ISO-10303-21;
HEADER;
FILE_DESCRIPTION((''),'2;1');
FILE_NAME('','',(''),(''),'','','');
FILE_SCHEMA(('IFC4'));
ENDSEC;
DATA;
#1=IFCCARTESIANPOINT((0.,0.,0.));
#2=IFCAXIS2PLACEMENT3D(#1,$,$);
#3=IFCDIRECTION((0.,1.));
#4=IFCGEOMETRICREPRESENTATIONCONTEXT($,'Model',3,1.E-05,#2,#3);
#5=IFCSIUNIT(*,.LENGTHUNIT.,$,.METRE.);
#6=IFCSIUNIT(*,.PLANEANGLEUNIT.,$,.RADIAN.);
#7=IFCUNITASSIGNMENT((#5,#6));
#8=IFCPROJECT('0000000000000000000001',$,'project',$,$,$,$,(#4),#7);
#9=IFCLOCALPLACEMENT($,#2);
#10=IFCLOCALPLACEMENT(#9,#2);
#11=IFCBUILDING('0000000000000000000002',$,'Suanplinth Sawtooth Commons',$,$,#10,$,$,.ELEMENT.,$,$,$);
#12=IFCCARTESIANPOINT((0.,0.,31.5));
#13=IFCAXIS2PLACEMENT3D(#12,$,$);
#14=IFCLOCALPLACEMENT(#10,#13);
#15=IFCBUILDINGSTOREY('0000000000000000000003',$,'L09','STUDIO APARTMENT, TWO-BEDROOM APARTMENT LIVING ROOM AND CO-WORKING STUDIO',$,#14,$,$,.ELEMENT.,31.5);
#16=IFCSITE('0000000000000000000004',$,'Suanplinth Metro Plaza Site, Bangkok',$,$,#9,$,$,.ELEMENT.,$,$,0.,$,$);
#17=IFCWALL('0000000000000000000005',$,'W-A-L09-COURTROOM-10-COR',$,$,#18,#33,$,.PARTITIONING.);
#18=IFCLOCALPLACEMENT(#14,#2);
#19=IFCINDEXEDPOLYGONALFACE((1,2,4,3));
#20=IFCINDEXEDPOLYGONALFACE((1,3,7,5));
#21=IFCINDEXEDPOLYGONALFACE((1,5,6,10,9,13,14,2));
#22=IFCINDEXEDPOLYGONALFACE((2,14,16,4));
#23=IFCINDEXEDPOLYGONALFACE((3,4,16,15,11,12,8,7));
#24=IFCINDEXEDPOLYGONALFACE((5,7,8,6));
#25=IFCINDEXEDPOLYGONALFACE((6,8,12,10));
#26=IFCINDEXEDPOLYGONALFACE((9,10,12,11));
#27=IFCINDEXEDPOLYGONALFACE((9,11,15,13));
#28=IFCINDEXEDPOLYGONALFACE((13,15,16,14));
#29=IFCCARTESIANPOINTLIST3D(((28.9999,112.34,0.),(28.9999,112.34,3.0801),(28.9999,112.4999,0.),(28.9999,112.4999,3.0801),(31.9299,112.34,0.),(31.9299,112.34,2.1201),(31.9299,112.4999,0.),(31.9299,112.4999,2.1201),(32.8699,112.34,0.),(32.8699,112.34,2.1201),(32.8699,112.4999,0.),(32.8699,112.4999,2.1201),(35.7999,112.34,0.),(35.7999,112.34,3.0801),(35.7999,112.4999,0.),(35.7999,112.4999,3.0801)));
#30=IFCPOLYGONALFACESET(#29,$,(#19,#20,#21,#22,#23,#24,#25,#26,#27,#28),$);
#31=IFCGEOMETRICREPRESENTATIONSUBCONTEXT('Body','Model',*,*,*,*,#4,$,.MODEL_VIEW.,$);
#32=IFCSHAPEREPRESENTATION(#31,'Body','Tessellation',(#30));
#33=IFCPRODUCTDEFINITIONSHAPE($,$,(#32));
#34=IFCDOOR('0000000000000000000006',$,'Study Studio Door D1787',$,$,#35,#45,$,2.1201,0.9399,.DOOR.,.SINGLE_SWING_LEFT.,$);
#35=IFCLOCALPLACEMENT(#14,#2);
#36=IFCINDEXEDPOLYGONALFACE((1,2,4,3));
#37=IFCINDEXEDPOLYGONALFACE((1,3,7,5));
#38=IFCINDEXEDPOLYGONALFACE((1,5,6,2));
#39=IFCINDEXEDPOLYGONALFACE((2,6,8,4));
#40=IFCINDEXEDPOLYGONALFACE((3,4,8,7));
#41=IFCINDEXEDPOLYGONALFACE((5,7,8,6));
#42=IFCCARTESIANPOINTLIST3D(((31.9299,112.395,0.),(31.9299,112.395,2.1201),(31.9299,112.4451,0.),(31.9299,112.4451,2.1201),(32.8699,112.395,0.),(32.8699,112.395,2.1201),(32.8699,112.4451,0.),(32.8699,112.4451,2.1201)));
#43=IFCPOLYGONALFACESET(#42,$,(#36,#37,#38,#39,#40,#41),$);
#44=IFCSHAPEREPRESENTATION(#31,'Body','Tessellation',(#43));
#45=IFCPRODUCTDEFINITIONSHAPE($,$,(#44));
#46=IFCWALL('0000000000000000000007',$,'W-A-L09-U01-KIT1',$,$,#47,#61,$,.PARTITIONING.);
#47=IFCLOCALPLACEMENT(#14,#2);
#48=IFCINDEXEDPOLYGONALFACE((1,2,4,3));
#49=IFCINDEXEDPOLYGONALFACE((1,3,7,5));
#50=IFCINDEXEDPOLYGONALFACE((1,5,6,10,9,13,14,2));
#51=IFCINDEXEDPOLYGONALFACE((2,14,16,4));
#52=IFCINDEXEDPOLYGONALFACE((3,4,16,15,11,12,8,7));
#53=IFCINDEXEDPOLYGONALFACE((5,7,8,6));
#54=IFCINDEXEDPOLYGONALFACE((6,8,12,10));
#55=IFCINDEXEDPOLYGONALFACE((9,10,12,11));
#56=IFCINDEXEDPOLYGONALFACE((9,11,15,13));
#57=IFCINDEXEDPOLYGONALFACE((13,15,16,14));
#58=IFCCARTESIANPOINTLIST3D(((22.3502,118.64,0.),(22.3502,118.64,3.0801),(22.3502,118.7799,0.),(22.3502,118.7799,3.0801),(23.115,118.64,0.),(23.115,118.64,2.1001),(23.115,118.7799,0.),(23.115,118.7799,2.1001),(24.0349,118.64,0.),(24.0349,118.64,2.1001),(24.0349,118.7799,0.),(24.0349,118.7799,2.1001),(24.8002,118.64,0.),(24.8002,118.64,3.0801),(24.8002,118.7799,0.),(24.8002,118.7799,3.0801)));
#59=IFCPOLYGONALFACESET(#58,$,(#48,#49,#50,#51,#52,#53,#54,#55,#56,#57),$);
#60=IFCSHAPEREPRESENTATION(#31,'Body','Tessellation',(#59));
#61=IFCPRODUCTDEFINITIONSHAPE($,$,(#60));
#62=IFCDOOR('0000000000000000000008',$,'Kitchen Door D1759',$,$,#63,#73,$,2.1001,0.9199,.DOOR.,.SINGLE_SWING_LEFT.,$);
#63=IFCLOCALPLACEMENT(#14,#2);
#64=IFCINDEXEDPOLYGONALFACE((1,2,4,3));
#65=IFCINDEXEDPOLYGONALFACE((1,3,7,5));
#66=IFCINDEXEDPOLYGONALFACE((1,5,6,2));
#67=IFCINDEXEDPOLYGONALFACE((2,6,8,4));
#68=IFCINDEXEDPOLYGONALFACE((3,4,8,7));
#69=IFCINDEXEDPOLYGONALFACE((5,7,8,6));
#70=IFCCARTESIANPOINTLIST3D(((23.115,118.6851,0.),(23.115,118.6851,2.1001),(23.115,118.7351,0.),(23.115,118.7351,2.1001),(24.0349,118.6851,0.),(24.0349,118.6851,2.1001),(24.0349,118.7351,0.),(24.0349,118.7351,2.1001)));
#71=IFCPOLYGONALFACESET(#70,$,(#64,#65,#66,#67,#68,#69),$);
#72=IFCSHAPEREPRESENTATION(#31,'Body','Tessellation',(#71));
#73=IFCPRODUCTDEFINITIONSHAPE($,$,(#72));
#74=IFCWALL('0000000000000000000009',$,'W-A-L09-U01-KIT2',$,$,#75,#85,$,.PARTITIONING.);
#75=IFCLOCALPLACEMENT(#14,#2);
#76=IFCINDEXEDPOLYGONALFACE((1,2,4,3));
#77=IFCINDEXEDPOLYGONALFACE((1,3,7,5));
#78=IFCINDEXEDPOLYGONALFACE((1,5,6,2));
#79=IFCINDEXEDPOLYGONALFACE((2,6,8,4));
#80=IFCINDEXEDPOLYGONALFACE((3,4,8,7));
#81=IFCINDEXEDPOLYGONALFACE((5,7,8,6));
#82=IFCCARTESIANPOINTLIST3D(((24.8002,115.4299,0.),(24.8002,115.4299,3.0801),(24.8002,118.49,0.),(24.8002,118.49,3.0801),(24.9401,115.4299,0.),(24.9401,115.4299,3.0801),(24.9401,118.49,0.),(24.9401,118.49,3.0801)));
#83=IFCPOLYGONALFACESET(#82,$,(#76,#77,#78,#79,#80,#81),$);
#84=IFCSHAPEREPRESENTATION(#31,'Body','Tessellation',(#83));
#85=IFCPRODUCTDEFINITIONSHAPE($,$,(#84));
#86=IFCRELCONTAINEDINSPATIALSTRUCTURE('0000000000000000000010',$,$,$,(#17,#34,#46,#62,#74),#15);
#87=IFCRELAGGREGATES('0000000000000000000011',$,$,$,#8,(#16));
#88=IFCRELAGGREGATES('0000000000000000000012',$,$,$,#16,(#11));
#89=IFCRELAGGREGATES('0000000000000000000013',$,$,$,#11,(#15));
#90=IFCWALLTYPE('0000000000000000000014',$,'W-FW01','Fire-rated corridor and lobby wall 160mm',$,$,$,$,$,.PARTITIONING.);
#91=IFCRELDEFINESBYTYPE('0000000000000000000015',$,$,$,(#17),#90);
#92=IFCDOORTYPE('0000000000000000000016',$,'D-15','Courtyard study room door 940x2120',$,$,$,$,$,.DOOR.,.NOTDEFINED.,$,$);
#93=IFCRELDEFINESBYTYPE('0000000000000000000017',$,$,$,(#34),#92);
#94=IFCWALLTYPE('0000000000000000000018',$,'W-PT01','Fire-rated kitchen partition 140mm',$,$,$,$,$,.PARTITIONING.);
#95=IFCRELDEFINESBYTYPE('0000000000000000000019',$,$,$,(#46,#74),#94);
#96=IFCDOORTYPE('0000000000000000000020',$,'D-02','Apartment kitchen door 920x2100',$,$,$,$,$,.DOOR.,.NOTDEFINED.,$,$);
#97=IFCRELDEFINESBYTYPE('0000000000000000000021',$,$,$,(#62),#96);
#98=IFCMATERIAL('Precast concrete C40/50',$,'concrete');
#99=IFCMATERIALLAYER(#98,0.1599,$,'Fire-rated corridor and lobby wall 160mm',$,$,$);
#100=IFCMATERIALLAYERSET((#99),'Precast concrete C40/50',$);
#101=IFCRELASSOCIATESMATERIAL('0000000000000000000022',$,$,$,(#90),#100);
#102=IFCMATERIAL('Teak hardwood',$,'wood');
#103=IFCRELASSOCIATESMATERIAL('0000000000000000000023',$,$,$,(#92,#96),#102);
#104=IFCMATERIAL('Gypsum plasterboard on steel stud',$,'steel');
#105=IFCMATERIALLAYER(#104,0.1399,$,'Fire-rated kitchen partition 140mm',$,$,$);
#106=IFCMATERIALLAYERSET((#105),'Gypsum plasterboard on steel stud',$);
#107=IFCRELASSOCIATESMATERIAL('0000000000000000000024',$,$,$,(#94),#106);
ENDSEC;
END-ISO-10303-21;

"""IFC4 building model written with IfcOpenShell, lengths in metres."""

from ifc_helpers import new_model, si_unit, direction, frame, frame_2d, origin, place, context, subcontext, project, spatial, rectangle, extrude, material, layer, layer_set, type_object, element, fill, save


model = new_model("IFC4")

# Units and contexts
model_context = context("Model", 3, precision=1e-05, world=origin(), true_north=direction((0.0, 1.0)))
body_context = subcontext(model_context, "Body", "Model", "MODEL_VIEW")
ifc_project = project(units=[si_unit("LENGTHUNIT", "METRE"), si_unit("PLANEANGLEUNIT", "RADIAN")], contexts=[model_context])

# Site, building, storey
site_placement = place(None, origin())
site = spatial("IfcSite", under=ifc_project, at=site_placement, Name="Suanplinth Metro Plaza Site, Bangkok", CompositionType="ELEMENT", RefElevation=0.0)
building_placement = place(site_placement, origin())
building = spatial("IfcBuilding", under=site, at=building_placement, Name="Suanplinth Sawtooth Commons", CompositionType="ELEMENT")
storey_placement = place(building_placement, frame((0.0, 0.0, 31.5)))
storey = spatial("IfcBuildingStorey", under=building, at=storey_placement, Name="L09", Description="STUDIO APARTMENT, TWO-BEDROOM APARTMENT LIVING ROOM AND CO-WORKING STUDIO", CompositionType="ELEMENT", Elevation=31.5)

# Shared definitions
ifc_material_1 = material(Name="Precast concrete C40/50", Category="concrete")

# Shared definitions
ifc_layer_1 = layer(ifc_material_1, 0.1599, Name="Fire-rated corridor and lobby wall 160mm")
ifc_layer_set_1 = layer_set([ifc_layer_1], Name="Precast concrete C40/50")
wall_type_1 = type_object("IfcWallType", Name="W-FW01", Description="Fire-rated corridor and lobby wall 160mm", PredefinedType="PARTITIONING", material=ifc_layer_set_1)

# Walls, openings, doors
wall_1_placement = place(storey_placement, frame((29.0, 112.4199, 0.0), z_axis=(0.0, 0.0, 1.0), x_axis=(1.0, 0.0, 0.0)))
wall_1 = element("IfcWall", 1, at=wall_1_placement, inside=storey, type_object=wall_type_1, Name="W-A-L09-COURTROOM-10-COR", PredefinedType="PARTITIONING", context=body_context, shape_type="SweptSolid", body=[
    extrude(rectangle(XDim=6.8, YDim=0.1599, at=frame_2d((3.3999, 0.0))), origin(), (0.0, 0.0, 1.0), 3.0801),
])
opening_1_placement = place(wall_1_placement, frame((2.9299, 0.0, 0.0)))
opening_1 = element("IfcOpeningElement", 2, at=opening_1_placement, cuts=wall_1, PredefinedType="OPENING", context=body_context, shape_type="SweptSolid", body=[
    extrude(rectangle(XDim=0.9399, YDim=2.1201, at=frame_2d((0.47, 1.0601))), frame((0.0, 0.0947, 0.0), z_axis=(0.0, -1.0, 0.0), x_axis=(1.0, 0.0, 0.0)), (0.0, 0.0, 1.0), 0.1897),
])
ifc_material_2 = material(Name="Teak hardwood", Category="wood")
door_type_1 = type_object("IfcDoorType", Name="D-15", Description="Courtyard study room door 940x2120", OperationType="NOTDEFINED", PredefinedType="DOOR", material=ifc_material_2)
door_1_placement = place(opening_1_placement, frame((0.9399, 0.0, 0.0), z_axis=(0.0, 0.0, 1.0), x_axis=(-1.0, 0.0, 0.0)))
door_1 = element("IfcDoor", 3, at=door_1_placement, inside=storey, type_object=door_type_1, Name="Study Studio Door D1787", OperationType="SINGLE_SWING_LEFT", OverallHeight=2.1201, OverallWidth=0.9399, PredefinedType="DOOR", context=body_context, shape_type="SweptSolid", body=[
    extrude(rectangle(XDim=0.9399, YDim=2.1201, at=frame_2d((0.47, 1.0601))), frame((0.0, 0.0249, 0.0), z_axis=(0.0, -1.0, 0.0), x_axis=(1.0, 0.0, 0.0)), (0.0, 0.0, 1.0), 0.05),
])
fill(opening_1, door_1)
ifc_material_3 = material(Name="Gypsum plasterboard on steel stud", Category="steel")
ifc_layer_2 = layer(ifc_material_3, 0.1399, Name="Fire-rated kitchen partition 140mm")
ifc_layer_set_2 = layer_set([ifc_layer_2], Name="Gypsum plasterboard on steel stud")
wall_type_2 = type_object("IfcWallType", Name="W-PT01", Description="Fire-rated kitchen partition 140mm", PredefinedType="PARTITIONING", material=ifc_layer_set_2)
wall_2_placement = place(storey_placement, frame((22.3501, 118.71, 0.0), z_axis=(0.0, 0.0, 1.0), x_axis=(1.0, 0.0, 0.0)))
wall_2 = element("IfcWall", 4, at=wall_2_placement, inside=storey, type_object=wall_type_2, Name="W-A-L09-U01-KIT1", PredefinedType="PARTITIONING", context=body_context, shape_type="SweptSolid", body=[
    extrude(rectangle(XDim=2.45, YDim=0.1399, at=frame_2d((1.2251, 0.0))), origin(), (0.0, 0.0, 1.0), 3.0801),
])
opening_2_placement = place(wall_2_placement, frame((0.7649, 0.0, 0.0)))
opening_2 = element("IfcOpeningElement", 5, at=opening_2_placement, cuts=wall_2, PredefinedType="OPENING", context=body_context, shape_type="SweptSolid", body=[
    extrude(rectangle(XDim=0.9199, YDim=2.1001, at=frame_2d((0.46, 1.05))), frame((0.0, 0.085, 0.0), z_axis=(0.0, -1.0, 0.0), x_axis=(1.0, 0.0, 0.0)), (0.0, 0.0, 1.0), 0.1697),
])
door_type_2 = type_object("IfcDoorType", Name="D-02", Description="Apartment kitchen door 920x2100", OperationType="NOTDEFINED", PredefinedType="DOOR", material=ifc_material_2)
door_2_placement = place(opening_2_placement, frame((0.9199, 0.0, 0.0), z_axis=(0.0, 0.0, 1.0), x_axis=(-1.0, 0.0, 0.0)))
door_2 = element("IfcDoor", 6, at=door_2_placement, inside=storey, type_object=door_type_2, Name="Kitchen Door D1759", OperationType="SINGLE_SWING_LEFT", OverallHeight=2.1001, OverallWidth=0.9199, PredefinedType="DOOR", context=body_context, shape_type="SweptSolid", body=[
    extrude(rectangle(XDim=0.9199, YDim=2.1001, at=frame_2d((0.46, 1.05))), frame((0.0, 0.0249, 0.0), z_axis=(0.0, -1.0, 0.0), x_axis=(1.0, 0.0, 0.0)), (0.0, 0.0, 1.0), 0.05),
])
fill(opening_2, door_2)

# Wall
wall_3_placement = place(storey_placement, frame((24.8701, 115.4299, 0.0), z_axis=(0.0, 0.0, 1.0), x_axis=(0.0, 1.0, 0.0)))
element("IfcWall", 7, at=wall_3_placement, inside=storey, type_object=wall_type_2, Name="W-A-L09-U01-KIT2", PredefinedType="PARTITIONING", context=body_context, shape_type="SweptSolid", body=[
    extrude(rectangle(XDim=3.0601, YDim=0.1399, at=frame_2d((1.53, 0.0))), origin(), (0.0, 0.0, 1.0), 3.0801),
])

save(model, "model.ifc")
